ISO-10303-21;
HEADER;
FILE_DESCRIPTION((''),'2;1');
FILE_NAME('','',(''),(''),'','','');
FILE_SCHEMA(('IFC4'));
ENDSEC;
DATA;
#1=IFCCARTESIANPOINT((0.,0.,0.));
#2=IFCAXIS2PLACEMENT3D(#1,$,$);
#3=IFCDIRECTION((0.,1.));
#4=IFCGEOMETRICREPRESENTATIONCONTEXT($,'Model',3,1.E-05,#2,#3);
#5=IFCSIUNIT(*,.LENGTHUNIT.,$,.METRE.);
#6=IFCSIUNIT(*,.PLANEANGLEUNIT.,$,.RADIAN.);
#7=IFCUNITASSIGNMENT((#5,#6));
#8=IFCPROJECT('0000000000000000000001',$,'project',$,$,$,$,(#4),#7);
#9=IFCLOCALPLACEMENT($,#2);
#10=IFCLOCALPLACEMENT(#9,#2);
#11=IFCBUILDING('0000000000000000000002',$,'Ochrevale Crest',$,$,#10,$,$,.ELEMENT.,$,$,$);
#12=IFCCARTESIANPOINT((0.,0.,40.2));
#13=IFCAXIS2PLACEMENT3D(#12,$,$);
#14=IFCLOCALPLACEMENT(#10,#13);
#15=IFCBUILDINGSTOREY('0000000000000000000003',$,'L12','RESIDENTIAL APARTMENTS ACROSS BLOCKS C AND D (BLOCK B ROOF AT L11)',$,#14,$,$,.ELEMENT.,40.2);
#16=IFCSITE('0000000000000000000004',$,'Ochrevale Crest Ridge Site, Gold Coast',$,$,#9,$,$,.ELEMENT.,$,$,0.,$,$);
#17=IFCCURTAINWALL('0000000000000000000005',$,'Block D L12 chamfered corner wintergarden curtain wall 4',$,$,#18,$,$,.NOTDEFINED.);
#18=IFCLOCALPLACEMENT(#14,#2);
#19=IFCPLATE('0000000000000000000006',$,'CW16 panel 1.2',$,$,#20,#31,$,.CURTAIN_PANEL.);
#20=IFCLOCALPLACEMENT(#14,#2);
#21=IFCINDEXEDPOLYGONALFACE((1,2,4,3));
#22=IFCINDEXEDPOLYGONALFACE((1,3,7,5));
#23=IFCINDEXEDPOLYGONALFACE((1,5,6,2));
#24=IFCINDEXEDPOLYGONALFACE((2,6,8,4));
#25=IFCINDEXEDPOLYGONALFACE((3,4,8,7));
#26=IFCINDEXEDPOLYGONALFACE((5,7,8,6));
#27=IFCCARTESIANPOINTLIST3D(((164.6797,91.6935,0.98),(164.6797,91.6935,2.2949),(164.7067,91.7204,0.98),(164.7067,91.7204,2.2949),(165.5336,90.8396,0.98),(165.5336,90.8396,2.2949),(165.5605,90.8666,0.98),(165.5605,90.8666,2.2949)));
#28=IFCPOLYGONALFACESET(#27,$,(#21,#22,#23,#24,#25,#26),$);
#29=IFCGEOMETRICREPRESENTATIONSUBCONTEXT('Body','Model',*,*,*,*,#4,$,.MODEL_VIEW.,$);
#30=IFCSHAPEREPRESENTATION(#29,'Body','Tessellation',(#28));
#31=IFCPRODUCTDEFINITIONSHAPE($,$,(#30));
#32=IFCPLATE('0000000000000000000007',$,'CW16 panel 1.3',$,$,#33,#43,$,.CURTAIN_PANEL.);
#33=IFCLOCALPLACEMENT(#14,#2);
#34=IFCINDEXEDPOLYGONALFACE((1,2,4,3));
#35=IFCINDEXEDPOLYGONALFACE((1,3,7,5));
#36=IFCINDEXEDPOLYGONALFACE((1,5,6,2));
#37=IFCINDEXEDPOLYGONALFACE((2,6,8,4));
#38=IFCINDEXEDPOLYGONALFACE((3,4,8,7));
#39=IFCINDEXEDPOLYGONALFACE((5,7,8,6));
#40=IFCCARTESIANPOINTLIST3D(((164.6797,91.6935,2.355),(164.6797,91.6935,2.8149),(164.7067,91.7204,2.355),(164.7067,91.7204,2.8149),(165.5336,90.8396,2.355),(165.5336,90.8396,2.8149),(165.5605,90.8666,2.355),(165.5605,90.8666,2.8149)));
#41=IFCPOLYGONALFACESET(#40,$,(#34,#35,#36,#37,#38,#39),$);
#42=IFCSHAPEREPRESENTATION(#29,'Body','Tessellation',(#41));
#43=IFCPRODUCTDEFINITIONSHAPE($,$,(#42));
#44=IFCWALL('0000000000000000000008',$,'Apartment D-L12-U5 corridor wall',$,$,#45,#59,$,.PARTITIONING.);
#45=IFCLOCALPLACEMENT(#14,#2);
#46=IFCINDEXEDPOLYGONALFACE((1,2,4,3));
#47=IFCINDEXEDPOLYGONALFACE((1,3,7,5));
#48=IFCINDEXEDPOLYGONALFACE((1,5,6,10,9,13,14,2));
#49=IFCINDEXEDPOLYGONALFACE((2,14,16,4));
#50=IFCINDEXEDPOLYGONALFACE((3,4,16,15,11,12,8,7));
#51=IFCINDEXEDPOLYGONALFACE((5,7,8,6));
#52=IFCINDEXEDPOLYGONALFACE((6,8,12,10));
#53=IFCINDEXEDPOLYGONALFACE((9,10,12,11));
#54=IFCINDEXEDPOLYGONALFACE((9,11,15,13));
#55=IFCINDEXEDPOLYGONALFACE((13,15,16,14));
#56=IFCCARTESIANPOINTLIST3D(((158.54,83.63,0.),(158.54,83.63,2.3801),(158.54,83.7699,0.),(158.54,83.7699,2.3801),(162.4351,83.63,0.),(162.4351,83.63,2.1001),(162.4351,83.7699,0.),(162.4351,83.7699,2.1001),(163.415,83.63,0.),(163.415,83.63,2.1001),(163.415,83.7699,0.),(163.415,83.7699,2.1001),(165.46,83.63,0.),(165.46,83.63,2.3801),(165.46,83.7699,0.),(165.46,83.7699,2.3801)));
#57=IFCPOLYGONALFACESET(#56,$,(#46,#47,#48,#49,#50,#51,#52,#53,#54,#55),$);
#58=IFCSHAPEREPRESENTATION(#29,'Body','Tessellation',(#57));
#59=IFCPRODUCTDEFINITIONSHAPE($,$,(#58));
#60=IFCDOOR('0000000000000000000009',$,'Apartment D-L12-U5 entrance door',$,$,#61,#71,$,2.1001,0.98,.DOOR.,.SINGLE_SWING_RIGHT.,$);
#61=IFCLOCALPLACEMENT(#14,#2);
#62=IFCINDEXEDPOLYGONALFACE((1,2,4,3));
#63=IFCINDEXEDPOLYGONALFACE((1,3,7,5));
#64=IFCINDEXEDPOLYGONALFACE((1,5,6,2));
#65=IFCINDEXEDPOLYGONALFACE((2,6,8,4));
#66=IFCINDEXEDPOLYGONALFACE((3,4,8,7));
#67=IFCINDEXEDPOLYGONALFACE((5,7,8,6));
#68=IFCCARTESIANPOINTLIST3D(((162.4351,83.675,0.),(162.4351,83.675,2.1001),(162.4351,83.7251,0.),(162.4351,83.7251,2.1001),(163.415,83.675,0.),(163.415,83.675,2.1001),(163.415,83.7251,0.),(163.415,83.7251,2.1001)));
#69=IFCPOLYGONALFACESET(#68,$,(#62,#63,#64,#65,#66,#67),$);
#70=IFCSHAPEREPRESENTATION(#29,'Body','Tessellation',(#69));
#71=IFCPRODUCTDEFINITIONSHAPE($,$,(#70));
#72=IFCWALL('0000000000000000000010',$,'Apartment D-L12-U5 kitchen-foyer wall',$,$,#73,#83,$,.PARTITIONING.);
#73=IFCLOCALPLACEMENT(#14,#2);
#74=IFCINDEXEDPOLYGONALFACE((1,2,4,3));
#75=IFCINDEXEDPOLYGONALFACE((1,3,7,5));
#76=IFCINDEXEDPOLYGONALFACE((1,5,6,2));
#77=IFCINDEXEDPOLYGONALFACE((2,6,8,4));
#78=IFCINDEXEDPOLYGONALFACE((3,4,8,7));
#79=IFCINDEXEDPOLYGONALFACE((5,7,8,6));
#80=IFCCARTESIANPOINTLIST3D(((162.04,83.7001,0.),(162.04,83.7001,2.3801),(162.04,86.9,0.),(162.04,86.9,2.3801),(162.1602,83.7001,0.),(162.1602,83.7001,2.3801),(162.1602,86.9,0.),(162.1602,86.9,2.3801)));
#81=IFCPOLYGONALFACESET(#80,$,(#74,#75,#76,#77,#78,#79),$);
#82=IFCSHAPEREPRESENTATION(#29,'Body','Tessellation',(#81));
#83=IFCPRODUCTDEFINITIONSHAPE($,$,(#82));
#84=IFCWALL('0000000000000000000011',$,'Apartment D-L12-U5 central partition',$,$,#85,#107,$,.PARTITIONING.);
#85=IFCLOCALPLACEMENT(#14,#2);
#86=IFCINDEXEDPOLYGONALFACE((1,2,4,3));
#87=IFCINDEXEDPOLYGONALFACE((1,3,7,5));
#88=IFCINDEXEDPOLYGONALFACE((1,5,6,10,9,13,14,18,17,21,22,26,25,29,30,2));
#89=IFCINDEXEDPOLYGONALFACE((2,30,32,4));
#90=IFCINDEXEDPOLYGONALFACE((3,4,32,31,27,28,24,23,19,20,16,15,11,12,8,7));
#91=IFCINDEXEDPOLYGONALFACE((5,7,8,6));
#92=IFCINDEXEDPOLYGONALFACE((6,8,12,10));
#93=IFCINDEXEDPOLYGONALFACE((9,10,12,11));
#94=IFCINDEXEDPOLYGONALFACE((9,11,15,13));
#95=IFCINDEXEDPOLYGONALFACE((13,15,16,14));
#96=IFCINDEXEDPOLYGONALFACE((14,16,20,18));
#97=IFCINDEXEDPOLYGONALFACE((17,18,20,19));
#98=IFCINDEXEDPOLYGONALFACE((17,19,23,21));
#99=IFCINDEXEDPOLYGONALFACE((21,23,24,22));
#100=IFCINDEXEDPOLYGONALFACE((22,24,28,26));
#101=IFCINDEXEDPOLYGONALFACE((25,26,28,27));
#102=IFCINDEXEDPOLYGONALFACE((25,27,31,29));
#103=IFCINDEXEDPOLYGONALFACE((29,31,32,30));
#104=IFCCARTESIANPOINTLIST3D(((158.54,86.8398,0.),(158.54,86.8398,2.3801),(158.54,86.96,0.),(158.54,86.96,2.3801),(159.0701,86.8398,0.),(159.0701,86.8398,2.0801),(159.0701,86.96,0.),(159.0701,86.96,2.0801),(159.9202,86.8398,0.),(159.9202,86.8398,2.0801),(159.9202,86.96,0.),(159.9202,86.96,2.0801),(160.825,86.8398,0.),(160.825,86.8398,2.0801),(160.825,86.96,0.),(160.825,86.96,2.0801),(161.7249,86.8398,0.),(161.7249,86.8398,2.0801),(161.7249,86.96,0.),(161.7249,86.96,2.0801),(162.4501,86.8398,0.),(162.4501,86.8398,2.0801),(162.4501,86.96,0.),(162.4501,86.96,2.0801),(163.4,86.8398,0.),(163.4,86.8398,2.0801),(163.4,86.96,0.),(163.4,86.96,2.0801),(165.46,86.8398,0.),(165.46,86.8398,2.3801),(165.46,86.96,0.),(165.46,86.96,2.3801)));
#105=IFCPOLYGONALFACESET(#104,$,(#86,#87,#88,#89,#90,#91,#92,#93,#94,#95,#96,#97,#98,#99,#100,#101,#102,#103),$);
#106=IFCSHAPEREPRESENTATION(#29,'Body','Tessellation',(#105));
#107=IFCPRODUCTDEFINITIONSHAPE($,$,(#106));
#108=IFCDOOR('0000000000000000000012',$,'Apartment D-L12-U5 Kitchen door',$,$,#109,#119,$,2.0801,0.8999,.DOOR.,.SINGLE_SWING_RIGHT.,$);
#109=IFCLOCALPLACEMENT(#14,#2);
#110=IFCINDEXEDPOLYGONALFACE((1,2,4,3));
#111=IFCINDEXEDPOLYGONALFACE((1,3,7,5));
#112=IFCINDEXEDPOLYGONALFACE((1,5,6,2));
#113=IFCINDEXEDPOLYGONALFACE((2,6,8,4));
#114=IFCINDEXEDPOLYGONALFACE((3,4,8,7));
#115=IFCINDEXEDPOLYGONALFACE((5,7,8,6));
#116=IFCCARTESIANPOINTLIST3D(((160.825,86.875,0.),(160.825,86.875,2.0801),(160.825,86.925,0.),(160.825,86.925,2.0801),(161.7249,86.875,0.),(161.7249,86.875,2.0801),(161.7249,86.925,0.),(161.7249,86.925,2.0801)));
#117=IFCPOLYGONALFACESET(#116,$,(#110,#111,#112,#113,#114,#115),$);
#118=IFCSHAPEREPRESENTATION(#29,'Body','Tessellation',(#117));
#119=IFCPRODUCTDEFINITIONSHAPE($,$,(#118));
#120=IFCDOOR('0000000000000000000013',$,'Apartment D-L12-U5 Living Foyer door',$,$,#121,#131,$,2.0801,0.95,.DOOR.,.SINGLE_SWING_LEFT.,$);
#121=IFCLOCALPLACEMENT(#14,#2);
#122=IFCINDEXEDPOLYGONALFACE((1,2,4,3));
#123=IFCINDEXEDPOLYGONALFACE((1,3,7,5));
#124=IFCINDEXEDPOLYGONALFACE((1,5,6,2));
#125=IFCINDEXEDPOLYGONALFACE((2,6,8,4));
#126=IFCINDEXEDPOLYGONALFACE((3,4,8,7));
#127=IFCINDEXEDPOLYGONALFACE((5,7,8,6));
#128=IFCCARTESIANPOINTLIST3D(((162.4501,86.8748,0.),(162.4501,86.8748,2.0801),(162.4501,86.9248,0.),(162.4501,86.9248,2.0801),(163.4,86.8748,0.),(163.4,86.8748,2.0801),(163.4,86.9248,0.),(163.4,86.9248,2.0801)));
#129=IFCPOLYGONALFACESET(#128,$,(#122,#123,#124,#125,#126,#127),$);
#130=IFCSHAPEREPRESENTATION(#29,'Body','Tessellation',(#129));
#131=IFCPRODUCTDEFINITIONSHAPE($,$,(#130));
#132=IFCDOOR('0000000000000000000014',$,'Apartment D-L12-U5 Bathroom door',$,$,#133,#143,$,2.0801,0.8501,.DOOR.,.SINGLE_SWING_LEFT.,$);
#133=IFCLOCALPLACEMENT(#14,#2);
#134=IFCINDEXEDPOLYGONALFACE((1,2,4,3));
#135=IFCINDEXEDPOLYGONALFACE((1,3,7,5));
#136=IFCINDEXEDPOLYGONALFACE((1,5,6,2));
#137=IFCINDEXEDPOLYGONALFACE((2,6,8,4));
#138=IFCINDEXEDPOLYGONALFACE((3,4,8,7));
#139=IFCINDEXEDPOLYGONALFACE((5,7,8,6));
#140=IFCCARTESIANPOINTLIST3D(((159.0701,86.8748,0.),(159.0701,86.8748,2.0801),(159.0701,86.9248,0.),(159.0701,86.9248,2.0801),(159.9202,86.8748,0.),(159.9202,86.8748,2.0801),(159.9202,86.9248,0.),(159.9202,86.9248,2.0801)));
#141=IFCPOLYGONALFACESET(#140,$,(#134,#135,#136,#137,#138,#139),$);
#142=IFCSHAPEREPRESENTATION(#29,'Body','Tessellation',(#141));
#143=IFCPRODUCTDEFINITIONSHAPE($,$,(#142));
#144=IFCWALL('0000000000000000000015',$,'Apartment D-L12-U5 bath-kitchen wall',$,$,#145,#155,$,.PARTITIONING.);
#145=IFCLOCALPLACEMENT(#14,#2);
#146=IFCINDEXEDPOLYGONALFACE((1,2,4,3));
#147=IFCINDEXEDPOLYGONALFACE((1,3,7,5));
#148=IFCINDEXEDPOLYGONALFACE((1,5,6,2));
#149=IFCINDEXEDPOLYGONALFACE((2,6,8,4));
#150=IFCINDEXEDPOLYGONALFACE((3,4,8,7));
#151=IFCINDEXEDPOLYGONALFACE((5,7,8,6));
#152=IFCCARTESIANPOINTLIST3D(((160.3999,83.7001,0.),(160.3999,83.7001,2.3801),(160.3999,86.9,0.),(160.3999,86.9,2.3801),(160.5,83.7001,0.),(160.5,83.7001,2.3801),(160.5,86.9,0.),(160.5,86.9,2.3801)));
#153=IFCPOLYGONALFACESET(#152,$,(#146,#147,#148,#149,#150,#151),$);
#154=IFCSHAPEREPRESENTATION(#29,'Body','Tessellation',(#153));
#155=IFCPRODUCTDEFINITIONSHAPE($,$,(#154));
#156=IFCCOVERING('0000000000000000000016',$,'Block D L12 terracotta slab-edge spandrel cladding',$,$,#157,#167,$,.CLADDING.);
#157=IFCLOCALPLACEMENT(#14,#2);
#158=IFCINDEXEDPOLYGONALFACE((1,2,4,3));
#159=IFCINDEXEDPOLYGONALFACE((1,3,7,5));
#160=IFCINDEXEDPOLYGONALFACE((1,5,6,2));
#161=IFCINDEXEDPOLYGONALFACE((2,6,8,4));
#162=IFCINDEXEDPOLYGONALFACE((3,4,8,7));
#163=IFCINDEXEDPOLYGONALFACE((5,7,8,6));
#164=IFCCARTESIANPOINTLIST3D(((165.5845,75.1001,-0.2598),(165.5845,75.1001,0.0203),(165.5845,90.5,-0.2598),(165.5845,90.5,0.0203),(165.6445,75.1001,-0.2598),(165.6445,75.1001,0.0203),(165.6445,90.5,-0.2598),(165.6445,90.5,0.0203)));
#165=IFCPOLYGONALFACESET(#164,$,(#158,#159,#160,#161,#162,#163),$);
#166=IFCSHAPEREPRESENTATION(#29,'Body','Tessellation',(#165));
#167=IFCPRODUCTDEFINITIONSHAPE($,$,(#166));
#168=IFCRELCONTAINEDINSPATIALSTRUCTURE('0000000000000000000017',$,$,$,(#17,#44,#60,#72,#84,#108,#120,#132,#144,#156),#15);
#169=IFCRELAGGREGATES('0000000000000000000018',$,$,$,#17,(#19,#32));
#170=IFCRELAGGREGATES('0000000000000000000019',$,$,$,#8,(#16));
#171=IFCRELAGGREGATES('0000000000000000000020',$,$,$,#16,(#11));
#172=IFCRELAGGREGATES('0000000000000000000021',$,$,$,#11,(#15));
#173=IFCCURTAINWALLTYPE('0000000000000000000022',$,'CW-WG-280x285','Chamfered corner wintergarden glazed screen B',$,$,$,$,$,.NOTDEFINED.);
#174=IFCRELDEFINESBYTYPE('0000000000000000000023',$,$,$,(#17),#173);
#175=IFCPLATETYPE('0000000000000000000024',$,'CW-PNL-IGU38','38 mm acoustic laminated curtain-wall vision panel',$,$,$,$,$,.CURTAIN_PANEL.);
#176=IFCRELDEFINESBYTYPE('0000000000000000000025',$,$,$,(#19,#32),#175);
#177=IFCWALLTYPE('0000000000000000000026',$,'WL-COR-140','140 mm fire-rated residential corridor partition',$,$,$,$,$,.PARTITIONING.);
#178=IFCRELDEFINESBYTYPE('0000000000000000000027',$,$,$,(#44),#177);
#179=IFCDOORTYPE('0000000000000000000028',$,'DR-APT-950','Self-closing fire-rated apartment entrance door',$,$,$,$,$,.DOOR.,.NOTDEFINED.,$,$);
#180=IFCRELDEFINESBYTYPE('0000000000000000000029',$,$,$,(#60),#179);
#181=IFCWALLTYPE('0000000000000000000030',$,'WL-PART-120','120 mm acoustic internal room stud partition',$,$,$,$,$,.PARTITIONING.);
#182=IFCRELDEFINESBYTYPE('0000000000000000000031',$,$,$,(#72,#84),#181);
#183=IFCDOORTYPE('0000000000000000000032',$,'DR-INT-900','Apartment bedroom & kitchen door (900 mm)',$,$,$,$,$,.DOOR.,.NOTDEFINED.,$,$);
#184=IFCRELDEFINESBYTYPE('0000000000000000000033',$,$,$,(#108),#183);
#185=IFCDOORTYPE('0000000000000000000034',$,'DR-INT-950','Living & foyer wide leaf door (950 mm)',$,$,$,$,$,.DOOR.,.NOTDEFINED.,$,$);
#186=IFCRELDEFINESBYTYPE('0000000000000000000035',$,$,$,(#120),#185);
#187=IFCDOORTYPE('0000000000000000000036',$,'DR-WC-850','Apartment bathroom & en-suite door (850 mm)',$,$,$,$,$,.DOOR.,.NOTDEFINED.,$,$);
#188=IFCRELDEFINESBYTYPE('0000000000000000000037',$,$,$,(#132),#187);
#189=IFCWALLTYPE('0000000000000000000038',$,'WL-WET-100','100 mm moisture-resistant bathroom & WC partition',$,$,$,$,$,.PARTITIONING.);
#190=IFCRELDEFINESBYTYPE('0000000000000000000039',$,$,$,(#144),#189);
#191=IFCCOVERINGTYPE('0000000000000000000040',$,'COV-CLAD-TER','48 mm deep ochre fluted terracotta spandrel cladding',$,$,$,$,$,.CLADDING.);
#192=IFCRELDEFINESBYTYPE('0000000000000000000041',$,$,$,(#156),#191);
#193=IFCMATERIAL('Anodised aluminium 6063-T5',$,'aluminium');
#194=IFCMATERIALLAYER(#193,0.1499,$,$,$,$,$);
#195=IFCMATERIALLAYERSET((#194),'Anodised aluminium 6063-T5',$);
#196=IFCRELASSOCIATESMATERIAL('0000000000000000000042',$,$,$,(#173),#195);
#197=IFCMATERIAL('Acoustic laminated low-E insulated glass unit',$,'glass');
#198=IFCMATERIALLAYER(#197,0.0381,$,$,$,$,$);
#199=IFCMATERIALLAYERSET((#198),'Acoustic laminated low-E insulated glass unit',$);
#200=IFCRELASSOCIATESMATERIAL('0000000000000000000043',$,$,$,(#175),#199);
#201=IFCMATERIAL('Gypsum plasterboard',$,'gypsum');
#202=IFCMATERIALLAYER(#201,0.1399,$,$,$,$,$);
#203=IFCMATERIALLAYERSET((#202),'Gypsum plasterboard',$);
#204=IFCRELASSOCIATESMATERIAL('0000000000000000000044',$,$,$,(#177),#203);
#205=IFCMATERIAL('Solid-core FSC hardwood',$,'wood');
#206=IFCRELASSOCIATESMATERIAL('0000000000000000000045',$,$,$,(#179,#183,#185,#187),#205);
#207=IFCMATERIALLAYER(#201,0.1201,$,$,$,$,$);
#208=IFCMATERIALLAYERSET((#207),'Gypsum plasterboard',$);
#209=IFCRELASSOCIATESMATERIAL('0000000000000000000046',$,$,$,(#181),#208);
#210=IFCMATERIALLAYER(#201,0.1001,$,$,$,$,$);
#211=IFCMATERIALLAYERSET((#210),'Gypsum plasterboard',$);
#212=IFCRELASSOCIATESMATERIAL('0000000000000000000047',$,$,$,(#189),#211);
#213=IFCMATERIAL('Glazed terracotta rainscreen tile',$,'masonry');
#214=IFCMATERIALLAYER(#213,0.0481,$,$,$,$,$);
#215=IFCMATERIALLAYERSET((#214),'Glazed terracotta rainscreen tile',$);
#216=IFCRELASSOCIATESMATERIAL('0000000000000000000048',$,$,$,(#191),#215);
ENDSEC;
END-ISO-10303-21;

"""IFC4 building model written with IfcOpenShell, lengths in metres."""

from ifc_helpers import new_model, si_unit, direction, frame, frame_2d, origin, origin_2d, place, context, subcontext, project, spatial, rectangle, extrude, material, layer, layer_set, type_object, element, fill, aggregate, save


model = new_model("IFC4")

# Units and contexts
model_context = context("Model", 3, precision=1e-05, world=origin(), true_north=direction((0.0, 1.0)))
body_context = subcontext(model_context, "Body", "Model", "MODEL_VIEW")
ifc_project = project(units=[si_unit("LENGTHUNIT", "METRE"), si_unit("PLANEANGLEUNIT", "RADIAN")], contexts=[model_context])

# Site, building, storey
site_placement = place(None, origin())
site = spatial("IfcSite", under=ifc_project, at=site_placement, Name="Ochrevale Crest Ridge Site, Gold Coast", CompositionType="ELEMENT", RefElevation=0.0)
building_placement = place(site_placement, origin())
building = spatial("IfcBuilding", under=site, at=building_placement, Name="Ochrevale Crest", CompositionType="ELEMENT")
storey_placement = place(building_placement, frame((0.0, 0.0, 40.2)))
storey = spatial("IfcBuildingStorey", under=building, at=storey_placement, Name="L12", Description="RESIDENTIAL APARTMENTS ACROSS BLOCKS C AND D (BLOCK B ROOF AT L11)", CompositionType="ELEMENT", Elevation=40.2)

# Curtain wall, plates
ifc_material_1 = material(Name="Anodised aluminium 6063-T5", Category="aluminium")
ifc_layer_1 = layer(ifc_material_1, 0.1499)
ifc_layer_set_1 = layer_set([ifc_layer_1], Name="Anodised aluminium 6063-T5")
curtain_wall_type = type_object("IfcCurtainWallType", Name="CW-WG-280x285", Description="Chamfered corner wintergarden glazed screen B", PredefinedType="NOTDEFINED", material=ifc_layer_set_1)
curtain_wall_placement = place(storey_placement, origin())
curtain_wall = element("IfcCurtainWall", 1, at=curtain_wall_placement, inside=storey, type_object=curtain_wall_type, Name="Block D L12 chamfered corner wintergarden curtain wall 4", PredefinedType="NOTDEFINED")
ifc_material_2 = material(Name="Acoustic laminated low-E insulated glass unit", Category="glass")
ifc_layer_2 = layer(ifc_material_2, 0.0381)
ifc_layer_set_2 = layer_set([ifc_layer_2], Name="Acoustic laminated low-E insulated glass unit")
plate_type = type_object("IfcPlateType", Name="CW-PNL-IGU38", Description="38 mm acoustic laminated curtain-wall vision panel", PredefinedType="CURTAIN_PANEL", material=ifc_layer_set_2)
plate_1_placement = place(storey_placement, frame((165.1201, 91.28, 0.98), z_axis=(0.0, 0.0, 1.0), x_axis=(-0.707107, 0.707107, 0.0)))
plate_1 = element("IfcPlate", 2, at=plate_1_placement, type_object=plate_type, Name="CW16 panel 1.2", PredefinedType="CURTAIN_PANEL", context=body_context, shape_type="SweptSolid", body=[
    extrude(rectangle(XDim=1.2075, YDim=0.0381, at=origin_2d()), origin(), (0.0, 0.0, 1.0), 1.3149),
])
plate_2_placement = place(storey_placement, frame((165.1201, 91.28, 2.355), z_axis=(0.0, 0.0, 1.0), x_axis=(-0.707107, 0.707107, 0.0)))
plate_2 = element("IfcPlate", 3, at=plate_2_placement, type_object=plate_type, Name="CW16 panel 1.3", PredefinedType="CURTAIN_PANEL", context=body_context, shape_type="SweptSolid", body=[
    extrude(rectangle(XDim=1.2075, YDim=0.0381, at=origin_2d()), origin(), (0.0, 0.0, 1.0), 0.46),
])
aggregate(curtain_wall, [plate_1, plate_2])

# Wall, opening, door
ifc_material_3 = material(Name="Gypsum plasterboard", Category="gypsum")
ifc_layer_3 = layer(ifc_material_3, 0.1399)
ifc_layer_set_3 = layer_set([ifc_layer_3], Name="Gypsum plasterboard")
wall_type_1 = type_object("IfcWallType", Name="WL-COR-140", Description="140 mm fire-rated residential corridor partition", PredefinedType="PARTITIONING", material=ifc_layer_set_3)
wall_1_placement = place(storey_placement, frame((158.54, 83.7, 0.0), z_axis=(0.0, 0.0, 1.0), x_axis=(1.0, 0.0, 0.0)))
wall_1 = element("IfcWall", 4, at=wall_1_placement, inside=storey, type_object=wall_type_1, Name="Apartment D-L12-U5 corridor wall", PredefinedType="PARTITIONING", context=body_context, shape_type="SweptSolid", body=[
    extrude(rectangle(XDim=6.9199, YDim=0.1399, at=frame_2d((3.46, 0.0))), origin(), (0.0, 0.0, 1.0), 2.3801),
])
opening_1_placement = place(wall_1_placement, frame((4.875, 0.0, 0.0), z_axis=(0.0, 0.0, 1.0), x_axis=(-1.0, 0.0, 0.0)))
opening_1 = element("IfcOpeningElement", 5, at=opening_1_placement, cuts=wall_1, PredefinedType="OPENING", context=body_context, shape_type="SweptSolid", body=[
    extrude(rectangle(XDim=0.98, YDim=2.1001, at=frame_2d((0.49, 1.05))), frame((0.0, 0.0801, 0.0), z_axis=(0.0, -1.0, 0.0), x_axis=(1.0, 0.0, 0.0)), (0.0, 0.0, 1.0), 0.1599),
])
ifc_material_4 = material(Name="Solid-core FSC hardwood", Category="wood")
door_type_1 = type_object("IfcDoorType", Name="DR-APT-950", Description="Self-closing fire-rated apartment entrance door", OperationType="NOTDEFINED", PredefinedType="DOOR", material=ifc_material_4)
door_1_placement = place(opening_1_placement, origin())
door_1 = element("IfcDoor", 6, at=door_1_placement, inside=storey, type_object=door_type_1, Name="Apartment D-L12-U5 entrance door", OperationType="SINGLE_SWING_RIGHT", OverallHeight=2.1001, OverallWidth=0.98, PredefinedType="DOOR", context=body_context, shape_type="SweptSolid", body=[
    extrude(rectangle(XDim=0.98, YDim=2.1001, at=frame_2d((0.49, 1.05))), frame((0.0, 0.0249, 0.0), z_axis=(0.0, -1.0, 0.0), x_axis=(1.0, 0.0, 0.0)), (0.0, 0.0, 1.0), 0.05),
])
fill(opening_1, door_1)

# Wall
ifc_layer_4 = layer(ifc_material_3, 0.1201)
ifc_layer_set_4 = layer_set([ifc_layer_4], Name="Gypsum plasterboard")
wall_type_2 = type_object("IfcWallType", Name="WL-PART-120", Description="120 mm acoustic internal room stud partition", PredefinedType="PARTITIONING", material=ifc_layer_set_4)
wall_2_placement = place(storey_placement, frame((162.1001, 83.7, 0.0), z_axis=(0.0, 0.0, 1.0), x_axis=(0.0, 1.0, 0.0)))
element("IfcWall", 7, at=wall_2_placement, inside=storey, type_object=wall_type_2, Name="Apartment D-L12-U5 kitchen-foyer wall", PredefinedType="PARTITIONING", context=body_context, shape_type="SweptSolid", body=[
    extrude(rectangle(XDim=3.2, YDim=0.1201, at=frame_2d((1.6001, 0.0))), origin(), (0.0, 0.0, 1.0), 2.3801),
])

# Wall, openings, doors
wall_3_placement = place(storey_placement, frame((158.54, 86.8999, 0.0), z_axis=(0.0, 0.0, 1.0), x_axis=(1.0, 0.0, 0.0)))
wall_3 = element("IfcWall", 8, at=wall_3_placement, inside=storey, type_object=wall_type_2, Name="Apartment D-L12-U5 central partition", PredefinedType="PARTITIONING", context=body_context, shape_type="SweptSolid", body=[
    extrude(rectangle(XDim=6.9199, YDim=0.1201, at=frame_2d((3.46, 0.0))), origin(), (0.0, 0.0, 1.0), 2.3801),
])
opening_2_placement = place(wall_3_placement, frame((0.53, 0.0, 0.0)))
opening_2 = element("IfcOpeningElement", 9, at=opening_2_placement, cuts=wall_3, PredefinedType="OPENING", context=body_context, shape_type="SweptSolid", body=[
    extrude(rectangle(XDim=0.8501, YDim=2.0801, at=frame_2d((0.425, 1.04))), frame((0.0, 0.0701, 0.0), z_axis=(0.0, -1.0, 0.0), x_axis=(1.0, 0.0, 0.0)), (0.0, 0.0, 1.0), 0.1401),
])
opening_3_placement = place(wall_3_placement, frame((3.1848, 0.0, 0.0), z_axis=(0.0, 0.0, 1.0), x_axis=(-1.0, 0.0, 0.0)))
opening_3 = element("IfcOpeningElement", 10, at=opening_3_placement, cuts=wall_3, PredefinedType="OPENING", context=body_context, shape_type="SweptSolid", body=[
    extrude(rectangle(XDim=0.8999, YDim=2.0801, at=frame_2d((0.45, 1.04))), frame((0.0, 0.0701, 0.0), z_axis=(0.0, -1.0, 0.0), x_axis=(1.0, 0.0, 0.0)), (0.0, 0.0, 1.0), 0.1401),
])
opening_4_placement = place(wall_3_placement, frame((3.9099, 0.0, 0.0)))
opening_4 = element("IfcOpeningElement", 11, at=opening_4_placement, cuts=wall_3, PredefinedType="OPENING", context=body_context, shape_type="SweptSolid", body=[
    extrude(rectangle(XDim=0.95, YDim=2.0801, at=frame_2d((0.4751, 1.04))), frame((0.0, 0.0701, 0.0), z_axis=(0.0, -1.0, 0.0), x_axis=(1.0, 0.0, 0.0)), (0.0, 0.0, 1.0), 0.1401),
])
door_type_2 = type_object("IfcDoorType", Name="DR-INT-900", Description="Apartment bedroom & kitchen door (900 mm)", OperationType="NOTDEFINED", PredefinedType="DOOR", material=ifc_material_4)
door_2_placement = place(opening_3_placement, origin())
door_2 = element("IfcDoor", 12, at=door_2_placement, inside=storey, type_object=door_type_2, Name="Apartment D-L12-U5 Kitchen door", OperationType="SINGLE_SWING_RIGHT", OverallHeight=2.0801, OverallWidth=0.8999, PredefinedType="DOOR", context=body_context, shape_type="SweptSolid", body=[
    extrude(rectangle(XDim=0.8999, YDim=2.0801, at=frame_2d((0.45, 1.04))), frame((0.0, 0.0249, 0.0), z_axis=(0.0, -1.0, 0.0), x_axis=(1.0, 0.0, 0.0)), (0.0, 0.0, 1.0), 0.05),
])
fill(opening_3, door_2)
door_type_3 = type_object("IfcDoorType", Name="DR-INT-950", Description="Living & foyer wide leaf door (950 mm)", OperationType="NOTDEFINED", PredefinedType="DOOR", material=ifc_material_4)
door_3_placement = place(opening_4_placement, origin())
door_3 = element("IfcDoor", 13, at=door_3_placement, inside=storey, type_object=door_type_3, Name="Apartment D-L12-U5 Living Foyer door", OperationType="SINGLE_SWING_LEFT", OverallHeight=2.0801, OverallWidth=0.95, PredefinedType="DOOR", context=body_context, shape_type="SweptSolid", body=[
    extrude(rectangle(XDim=0.95, YDim=2.0801, at=frame_2d((0.4751, 1.04))), frame((0.0, 0.0249, 0.0), z_axis=(0.0, -1.0, 0.0), x_axis=(1.0, 0.0, 0.0)), (0.0, 0.0, 1.0), 0.05),
])
fill(opening_4, door_3)
door_type_4 = type_object("IfcDoorType", Name="DR-WC-850", Description="Apartment bathroom & en-suite door (850 mm)", OperationType="NOTDEFINED", PredefinedType="DOOR", material=ifc_material_4)
door_4_placement = place(opening_2_placement, origin())
door_4 = element("IfcDoor", 14, at=door_4_placement, inside=storey, type_object=door_type_4, Name="Apartment D-L12-U5 Bathroom door", OperationType="SINGLE_SWING_LEFT", OverallHeight=2.0801, OverallWidth=0.8501, PredefinedType="DOOR", context=body_context, shape_type="SweptSolid", body=[
    extrude(rectangle(XDim=0.8501, YDim=2.0801, at=frame_2d((0.425, 1.04))), frame((0.0, 0.0249, 0.0), z_axis=(0.0, -1.0, 0.0), x_axis=(1.0, 0.0, 0.0)), (0.0, 0.0, 1.0), 0.05),
])
fill(opening_2, door_4)

# Wall
ifc_layer_5 = layer(ifc_material_3, 0.1001)
ifc_layer_set_5 = layer_set([ifc_layer_5], Name="Gypsum plasterboard")
wall_type_3 = type_object("IfcWallType", Name="WL-WET-100", Description="100 mm moisture-resistant bathroom & WC partition", PredefinedType="PARTITIONING", material=ifc_layer_set_5)
wall_4_placement = place(storey_placement, frame((160.45, 83.7, 0.0), z_axis=(0.0, 0.0, 1.0), x_axis=(0.0, 1.0, 0.0)))
element("IfcWall", 15, at=wall_4_placement, inside=storey, type_object=wall_type_3, Name="Apartment D-L12-U5 bath-kitchen wall", PredefinedType="PARTITIONING", context=body_context, shape_type="SweptSolid", body=[
    extrude(rectangle(XDim=3.2, YDim=0.1001, at=frame_2d((1.6001, 0.0))), origin(), (0.0, 0.0, 1.0), 2.3801),
])

# Covering
ifc_material_5 = material(Name="Glazed terracotta rainscreen tile", Category="masonry")
ifc_layer_6 = layer(ifc_material_5, 0.0481)
ifc_layer_set_6 = layer_set([ifc_layer_6], Name="Glazed terracotta rainscreen tile")
covering_type = type_object("IfcCoveringType", Name="COV-CLAD-TER", Description="48 mm deep ochre fluted terracotta spandrel cladding", PredefinedType="CLADDING", material=ifc_layer_set_6)
covering_placement = place(storey_placement, frame((165.6145, 82.8, -0.2598), z_axis=(0.0, 0.0, 1.0), x_axis=(0.0, 1.0, 0.0)))
element("IfcCovering", 16, at=covering_placement, inside=storey, type_object=covering_type, Name="Block D L12 terracotta slab-edge spandrel cladding", PredefinedType="CLADDING", context=body_context, shape_type="SweptSolid", body=[
    extrude(rectangle(XDim=15.3999, YDim=0.0601, at=origin_2d()), origin(), (0.0, 0.0, 1.0), 0.28),
])

save(model, "model.ifc")
